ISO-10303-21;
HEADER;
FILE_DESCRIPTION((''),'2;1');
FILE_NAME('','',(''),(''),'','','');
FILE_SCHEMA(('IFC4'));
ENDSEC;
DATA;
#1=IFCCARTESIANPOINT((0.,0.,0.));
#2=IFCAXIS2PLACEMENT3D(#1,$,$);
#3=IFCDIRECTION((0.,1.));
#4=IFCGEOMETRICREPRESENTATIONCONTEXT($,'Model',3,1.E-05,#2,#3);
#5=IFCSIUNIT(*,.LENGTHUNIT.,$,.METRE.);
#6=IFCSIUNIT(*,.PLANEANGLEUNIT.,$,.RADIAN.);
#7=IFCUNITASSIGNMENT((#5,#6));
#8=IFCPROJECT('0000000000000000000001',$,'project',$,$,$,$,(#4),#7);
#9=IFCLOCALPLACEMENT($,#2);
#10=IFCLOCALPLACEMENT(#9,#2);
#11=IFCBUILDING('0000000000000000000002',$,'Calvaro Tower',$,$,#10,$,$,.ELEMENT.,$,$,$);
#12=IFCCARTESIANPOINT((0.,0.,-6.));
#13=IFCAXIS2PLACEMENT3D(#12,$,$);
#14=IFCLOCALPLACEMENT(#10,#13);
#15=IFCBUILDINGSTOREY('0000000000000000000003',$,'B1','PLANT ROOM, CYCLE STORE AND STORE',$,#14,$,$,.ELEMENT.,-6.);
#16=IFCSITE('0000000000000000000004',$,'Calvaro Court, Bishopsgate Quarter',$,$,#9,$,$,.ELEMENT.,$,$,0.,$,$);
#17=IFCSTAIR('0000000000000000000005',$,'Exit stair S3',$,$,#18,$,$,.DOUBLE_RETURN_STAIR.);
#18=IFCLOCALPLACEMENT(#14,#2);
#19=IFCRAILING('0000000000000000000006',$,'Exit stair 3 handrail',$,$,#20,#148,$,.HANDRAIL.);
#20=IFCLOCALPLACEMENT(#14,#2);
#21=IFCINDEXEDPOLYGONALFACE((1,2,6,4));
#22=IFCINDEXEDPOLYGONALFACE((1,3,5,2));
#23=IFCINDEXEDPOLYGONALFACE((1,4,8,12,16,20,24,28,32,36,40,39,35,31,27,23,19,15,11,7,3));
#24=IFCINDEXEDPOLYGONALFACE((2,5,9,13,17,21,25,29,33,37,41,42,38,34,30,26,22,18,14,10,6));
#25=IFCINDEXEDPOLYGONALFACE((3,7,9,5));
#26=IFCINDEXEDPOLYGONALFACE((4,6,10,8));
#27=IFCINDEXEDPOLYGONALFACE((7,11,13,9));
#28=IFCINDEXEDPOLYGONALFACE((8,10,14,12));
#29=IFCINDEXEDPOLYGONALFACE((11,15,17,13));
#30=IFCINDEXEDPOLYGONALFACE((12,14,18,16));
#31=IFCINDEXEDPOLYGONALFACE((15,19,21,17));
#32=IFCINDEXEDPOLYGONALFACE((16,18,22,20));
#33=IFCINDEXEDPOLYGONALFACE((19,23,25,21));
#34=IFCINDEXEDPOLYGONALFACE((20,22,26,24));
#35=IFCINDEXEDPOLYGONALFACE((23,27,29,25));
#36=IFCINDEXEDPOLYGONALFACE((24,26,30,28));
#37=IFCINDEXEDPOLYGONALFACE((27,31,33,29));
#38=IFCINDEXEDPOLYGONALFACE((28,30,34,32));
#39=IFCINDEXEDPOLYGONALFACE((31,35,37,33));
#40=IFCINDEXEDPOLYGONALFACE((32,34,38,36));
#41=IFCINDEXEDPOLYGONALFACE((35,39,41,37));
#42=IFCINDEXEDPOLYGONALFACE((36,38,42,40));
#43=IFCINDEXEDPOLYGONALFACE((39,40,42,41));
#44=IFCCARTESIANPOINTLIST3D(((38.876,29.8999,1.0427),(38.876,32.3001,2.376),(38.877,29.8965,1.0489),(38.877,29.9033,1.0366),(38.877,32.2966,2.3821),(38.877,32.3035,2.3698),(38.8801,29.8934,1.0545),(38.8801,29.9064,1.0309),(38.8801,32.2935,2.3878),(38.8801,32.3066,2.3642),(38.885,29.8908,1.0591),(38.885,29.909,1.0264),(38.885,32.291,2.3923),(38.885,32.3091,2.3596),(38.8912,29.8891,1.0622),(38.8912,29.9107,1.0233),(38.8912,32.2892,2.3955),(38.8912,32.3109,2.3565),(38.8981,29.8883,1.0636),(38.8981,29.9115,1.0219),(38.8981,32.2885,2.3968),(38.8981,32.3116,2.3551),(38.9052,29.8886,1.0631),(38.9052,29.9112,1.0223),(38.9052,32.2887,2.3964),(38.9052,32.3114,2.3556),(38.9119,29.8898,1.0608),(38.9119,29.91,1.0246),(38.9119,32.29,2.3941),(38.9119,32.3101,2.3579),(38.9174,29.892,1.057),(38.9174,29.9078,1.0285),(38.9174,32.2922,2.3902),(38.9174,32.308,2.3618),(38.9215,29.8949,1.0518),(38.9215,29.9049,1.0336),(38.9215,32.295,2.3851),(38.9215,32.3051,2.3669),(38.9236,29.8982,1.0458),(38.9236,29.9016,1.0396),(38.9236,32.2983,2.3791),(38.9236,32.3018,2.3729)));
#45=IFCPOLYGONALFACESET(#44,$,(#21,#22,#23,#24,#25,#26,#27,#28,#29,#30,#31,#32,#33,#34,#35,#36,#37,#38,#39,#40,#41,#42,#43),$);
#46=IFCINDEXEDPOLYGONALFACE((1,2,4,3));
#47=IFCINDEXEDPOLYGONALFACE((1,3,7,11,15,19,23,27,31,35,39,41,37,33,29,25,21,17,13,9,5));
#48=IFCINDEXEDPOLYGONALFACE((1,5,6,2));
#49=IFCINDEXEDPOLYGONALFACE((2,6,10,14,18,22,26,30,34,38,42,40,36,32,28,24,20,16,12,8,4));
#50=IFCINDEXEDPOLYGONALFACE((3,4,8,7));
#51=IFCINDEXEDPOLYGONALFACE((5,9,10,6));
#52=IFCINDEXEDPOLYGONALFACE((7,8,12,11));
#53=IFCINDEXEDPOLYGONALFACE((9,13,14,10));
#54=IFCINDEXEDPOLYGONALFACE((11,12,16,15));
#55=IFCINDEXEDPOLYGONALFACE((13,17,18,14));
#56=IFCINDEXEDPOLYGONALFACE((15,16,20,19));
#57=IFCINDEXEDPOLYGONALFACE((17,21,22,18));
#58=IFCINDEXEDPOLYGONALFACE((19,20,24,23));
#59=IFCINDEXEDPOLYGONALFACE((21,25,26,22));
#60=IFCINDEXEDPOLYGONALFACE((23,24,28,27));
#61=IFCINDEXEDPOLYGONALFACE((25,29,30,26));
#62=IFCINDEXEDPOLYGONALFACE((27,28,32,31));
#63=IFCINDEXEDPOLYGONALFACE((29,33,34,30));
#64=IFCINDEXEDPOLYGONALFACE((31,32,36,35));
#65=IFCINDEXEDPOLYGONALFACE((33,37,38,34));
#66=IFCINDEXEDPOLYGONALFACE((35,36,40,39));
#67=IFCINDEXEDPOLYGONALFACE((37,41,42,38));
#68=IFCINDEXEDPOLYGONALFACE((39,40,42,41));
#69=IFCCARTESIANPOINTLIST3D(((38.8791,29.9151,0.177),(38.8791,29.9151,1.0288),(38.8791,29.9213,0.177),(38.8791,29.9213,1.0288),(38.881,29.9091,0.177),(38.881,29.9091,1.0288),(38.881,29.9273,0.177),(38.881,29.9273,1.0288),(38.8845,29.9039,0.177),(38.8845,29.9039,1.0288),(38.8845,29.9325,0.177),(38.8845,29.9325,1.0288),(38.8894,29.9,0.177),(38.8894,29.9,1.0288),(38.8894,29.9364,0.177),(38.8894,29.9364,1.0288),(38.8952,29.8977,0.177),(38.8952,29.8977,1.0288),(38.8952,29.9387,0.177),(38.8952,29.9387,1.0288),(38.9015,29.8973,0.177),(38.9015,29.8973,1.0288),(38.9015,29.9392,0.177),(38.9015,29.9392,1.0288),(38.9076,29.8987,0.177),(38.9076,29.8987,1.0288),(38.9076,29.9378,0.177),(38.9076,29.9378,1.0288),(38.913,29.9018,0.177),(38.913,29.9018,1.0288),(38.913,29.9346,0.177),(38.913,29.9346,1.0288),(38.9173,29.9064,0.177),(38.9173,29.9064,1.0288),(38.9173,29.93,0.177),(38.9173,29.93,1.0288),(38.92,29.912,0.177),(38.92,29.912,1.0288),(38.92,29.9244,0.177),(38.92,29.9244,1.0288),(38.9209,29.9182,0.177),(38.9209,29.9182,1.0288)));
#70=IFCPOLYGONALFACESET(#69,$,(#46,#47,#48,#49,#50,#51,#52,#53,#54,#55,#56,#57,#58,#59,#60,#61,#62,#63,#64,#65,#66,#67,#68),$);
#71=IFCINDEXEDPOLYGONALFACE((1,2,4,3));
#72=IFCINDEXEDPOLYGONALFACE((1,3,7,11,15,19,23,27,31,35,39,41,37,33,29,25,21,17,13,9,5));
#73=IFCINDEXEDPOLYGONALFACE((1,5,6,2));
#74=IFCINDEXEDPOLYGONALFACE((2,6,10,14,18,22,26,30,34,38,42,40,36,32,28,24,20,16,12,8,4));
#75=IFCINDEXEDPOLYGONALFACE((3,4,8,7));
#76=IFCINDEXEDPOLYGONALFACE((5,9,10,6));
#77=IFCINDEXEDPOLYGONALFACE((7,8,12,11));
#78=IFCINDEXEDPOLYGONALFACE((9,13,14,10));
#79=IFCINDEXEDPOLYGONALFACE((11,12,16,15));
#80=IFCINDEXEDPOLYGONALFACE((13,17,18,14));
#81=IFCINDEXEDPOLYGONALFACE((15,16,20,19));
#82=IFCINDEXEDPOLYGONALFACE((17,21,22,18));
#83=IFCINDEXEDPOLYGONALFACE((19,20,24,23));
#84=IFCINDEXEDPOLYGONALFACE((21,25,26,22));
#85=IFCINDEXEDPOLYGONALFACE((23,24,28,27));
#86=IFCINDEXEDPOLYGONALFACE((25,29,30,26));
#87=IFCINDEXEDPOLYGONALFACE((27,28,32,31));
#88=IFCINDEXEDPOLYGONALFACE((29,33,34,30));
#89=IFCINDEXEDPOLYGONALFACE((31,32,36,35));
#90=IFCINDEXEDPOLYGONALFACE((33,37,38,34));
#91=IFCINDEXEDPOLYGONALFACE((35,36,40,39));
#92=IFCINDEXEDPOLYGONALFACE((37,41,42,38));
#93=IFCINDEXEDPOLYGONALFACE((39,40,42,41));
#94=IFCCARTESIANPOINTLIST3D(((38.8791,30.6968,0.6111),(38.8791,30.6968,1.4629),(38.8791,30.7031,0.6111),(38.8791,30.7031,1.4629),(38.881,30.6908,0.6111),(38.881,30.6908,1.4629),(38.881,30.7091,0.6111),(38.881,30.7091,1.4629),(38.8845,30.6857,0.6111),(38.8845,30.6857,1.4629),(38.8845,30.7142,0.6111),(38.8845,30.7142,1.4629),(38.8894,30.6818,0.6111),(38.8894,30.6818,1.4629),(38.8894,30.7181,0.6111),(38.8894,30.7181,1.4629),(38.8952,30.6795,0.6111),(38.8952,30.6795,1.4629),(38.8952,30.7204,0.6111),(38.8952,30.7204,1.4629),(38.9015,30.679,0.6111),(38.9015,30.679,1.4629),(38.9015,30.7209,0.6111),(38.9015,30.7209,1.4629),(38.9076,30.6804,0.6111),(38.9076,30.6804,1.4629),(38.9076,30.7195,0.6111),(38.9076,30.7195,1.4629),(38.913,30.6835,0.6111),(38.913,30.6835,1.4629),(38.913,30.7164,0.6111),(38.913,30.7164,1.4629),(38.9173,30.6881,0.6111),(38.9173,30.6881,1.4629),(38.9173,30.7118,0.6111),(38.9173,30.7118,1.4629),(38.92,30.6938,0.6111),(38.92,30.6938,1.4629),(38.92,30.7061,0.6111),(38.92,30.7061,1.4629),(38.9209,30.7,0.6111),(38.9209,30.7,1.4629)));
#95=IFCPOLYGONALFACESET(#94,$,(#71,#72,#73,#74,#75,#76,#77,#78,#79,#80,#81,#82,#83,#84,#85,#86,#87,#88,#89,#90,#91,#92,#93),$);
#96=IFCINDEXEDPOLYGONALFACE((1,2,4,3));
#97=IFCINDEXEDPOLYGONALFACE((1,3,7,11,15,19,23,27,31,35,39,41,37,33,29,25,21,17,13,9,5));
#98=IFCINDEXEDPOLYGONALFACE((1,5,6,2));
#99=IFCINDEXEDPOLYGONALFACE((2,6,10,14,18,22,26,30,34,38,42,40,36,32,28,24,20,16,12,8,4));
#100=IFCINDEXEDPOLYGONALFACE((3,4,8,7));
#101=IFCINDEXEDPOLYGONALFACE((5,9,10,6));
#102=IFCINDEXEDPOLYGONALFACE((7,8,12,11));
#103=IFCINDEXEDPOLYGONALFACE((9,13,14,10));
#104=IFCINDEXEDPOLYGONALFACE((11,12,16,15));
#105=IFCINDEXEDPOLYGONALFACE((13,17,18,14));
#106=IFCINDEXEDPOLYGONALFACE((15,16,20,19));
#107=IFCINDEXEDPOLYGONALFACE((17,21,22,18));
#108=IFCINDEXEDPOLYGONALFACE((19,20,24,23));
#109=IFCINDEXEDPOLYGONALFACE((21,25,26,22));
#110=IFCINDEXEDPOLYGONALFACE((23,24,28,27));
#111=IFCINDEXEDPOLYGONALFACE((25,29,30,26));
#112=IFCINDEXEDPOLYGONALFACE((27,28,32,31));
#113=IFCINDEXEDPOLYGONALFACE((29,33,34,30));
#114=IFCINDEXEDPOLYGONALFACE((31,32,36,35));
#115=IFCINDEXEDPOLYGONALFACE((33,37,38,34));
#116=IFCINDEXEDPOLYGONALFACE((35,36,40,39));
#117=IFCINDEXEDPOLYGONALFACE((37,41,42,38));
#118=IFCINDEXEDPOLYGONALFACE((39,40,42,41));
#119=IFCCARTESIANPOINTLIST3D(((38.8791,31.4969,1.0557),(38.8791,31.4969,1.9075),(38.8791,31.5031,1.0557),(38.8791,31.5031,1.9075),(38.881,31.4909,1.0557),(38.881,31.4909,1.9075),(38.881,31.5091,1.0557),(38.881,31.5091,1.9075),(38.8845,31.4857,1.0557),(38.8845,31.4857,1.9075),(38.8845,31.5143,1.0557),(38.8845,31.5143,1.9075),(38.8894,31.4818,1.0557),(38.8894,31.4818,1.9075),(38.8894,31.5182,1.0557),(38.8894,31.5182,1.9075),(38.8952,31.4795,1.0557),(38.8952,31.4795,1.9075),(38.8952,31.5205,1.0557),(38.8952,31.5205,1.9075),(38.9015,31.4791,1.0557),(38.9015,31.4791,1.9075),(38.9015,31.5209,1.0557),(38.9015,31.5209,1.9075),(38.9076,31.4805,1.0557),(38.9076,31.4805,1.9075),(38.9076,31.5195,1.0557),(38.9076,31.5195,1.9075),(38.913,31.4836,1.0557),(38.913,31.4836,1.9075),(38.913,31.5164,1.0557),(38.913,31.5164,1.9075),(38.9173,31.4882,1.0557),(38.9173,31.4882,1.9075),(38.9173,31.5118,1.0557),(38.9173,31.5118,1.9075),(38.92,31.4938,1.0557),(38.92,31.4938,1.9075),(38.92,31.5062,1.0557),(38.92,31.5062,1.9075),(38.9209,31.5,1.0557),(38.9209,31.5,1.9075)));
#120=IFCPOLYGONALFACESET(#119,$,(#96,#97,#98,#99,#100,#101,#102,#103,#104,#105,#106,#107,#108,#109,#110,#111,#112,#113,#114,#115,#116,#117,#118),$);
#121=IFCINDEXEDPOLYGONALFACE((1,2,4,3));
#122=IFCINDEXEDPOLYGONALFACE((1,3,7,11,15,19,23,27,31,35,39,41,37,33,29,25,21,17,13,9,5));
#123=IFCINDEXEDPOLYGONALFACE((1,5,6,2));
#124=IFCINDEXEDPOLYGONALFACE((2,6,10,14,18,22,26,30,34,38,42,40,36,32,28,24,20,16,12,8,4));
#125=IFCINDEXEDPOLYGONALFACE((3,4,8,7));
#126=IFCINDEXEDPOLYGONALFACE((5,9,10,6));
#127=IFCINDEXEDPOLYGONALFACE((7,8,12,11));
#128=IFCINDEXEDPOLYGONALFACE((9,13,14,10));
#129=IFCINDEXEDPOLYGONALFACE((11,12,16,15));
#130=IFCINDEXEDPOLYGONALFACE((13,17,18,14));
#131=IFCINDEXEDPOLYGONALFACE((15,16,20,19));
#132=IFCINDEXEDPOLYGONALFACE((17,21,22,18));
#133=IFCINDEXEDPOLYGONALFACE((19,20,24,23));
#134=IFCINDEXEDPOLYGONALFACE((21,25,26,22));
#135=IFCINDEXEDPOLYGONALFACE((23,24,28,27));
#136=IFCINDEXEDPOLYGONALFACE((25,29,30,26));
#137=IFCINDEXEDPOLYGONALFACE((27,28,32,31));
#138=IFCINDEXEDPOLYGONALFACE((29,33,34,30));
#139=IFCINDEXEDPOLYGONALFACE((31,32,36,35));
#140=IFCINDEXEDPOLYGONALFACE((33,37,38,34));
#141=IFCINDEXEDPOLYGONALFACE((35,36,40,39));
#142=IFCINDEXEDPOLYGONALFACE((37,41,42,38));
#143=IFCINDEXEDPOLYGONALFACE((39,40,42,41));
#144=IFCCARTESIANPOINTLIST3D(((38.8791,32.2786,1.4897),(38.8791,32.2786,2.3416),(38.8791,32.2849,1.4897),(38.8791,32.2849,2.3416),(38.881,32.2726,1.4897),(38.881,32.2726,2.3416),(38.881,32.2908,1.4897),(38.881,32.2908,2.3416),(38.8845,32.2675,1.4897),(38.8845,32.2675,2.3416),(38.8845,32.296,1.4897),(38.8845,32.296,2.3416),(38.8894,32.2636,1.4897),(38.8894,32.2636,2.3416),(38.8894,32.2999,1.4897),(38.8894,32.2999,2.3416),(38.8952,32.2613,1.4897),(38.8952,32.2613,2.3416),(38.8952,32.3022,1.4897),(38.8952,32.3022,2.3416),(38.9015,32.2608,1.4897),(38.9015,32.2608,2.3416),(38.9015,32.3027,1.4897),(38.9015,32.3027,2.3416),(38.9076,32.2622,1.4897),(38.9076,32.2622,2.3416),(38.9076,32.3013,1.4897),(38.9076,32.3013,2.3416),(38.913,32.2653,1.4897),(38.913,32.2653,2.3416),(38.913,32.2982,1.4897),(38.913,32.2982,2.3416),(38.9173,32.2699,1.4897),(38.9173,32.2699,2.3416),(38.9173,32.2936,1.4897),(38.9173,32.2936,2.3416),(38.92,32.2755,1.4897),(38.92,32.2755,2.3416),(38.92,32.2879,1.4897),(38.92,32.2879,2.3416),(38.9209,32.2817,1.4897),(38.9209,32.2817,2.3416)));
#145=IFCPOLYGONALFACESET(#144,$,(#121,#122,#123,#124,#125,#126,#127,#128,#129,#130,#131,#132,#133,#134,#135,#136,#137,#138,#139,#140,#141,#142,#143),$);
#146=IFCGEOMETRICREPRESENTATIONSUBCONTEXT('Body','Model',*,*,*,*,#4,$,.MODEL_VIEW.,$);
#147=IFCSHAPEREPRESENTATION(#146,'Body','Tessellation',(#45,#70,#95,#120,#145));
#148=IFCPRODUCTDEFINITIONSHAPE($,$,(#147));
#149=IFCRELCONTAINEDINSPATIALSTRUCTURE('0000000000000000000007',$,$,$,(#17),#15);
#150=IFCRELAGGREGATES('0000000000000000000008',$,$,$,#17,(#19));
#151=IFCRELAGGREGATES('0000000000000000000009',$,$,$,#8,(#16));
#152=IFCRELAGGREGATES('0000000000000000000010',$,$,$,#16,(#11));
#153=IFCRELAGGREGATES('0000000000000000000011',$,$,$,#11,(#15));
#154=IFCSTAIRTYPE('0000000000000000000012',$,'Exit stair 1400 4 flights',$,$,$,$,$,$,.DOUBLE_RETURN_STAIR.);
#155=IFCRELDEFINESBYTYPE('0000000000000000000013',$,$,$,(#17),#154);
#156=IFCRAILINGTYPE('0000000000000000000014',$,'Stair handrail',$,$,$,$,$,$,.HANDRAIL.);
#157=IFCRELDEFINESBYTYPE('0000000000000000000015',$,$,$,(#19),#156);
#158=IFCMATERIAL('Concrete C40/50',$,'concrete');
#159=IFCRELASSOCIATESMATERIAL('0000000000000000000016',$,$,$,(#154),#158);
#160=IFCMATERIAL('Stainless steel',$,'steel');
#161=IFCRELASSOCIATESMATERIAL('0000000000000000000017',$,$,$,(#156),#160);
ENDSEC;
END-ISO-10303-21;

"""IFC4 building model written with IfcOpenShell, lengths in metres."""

from ifc_helpers import new_model, si_unit, direction, frame, origin, origin_2d, place, context, subcontext, project, spatial, circle, extrude, material, type_object, element, aggregate, save


model = new_model("IFC4")

# Units and contexts
model_context = context("Model", 3, precision=1e-05, world=origin(), true_north=direction((0.0, 1.0)))
body_context = subcontext(model_context, "Body", "Model", "MODEL_VIEW")
ifc_project = project(units=[si_unit("LENGTHUNIT", "METRE"), si_unit("PLANEANGLEUNIT", "RADIAN")], contexts=[model_context])

# Site, building, storey
site_placement = place(None, origin())
site = spatial("IfcSite", under=ifc_project, at=site_placement, Name="Calvaro Court, Bishopsgate Quarter", CompositionType="ELEMENT", RefElevation=0.0)
building_placement = place(site_placement, origin())
building = spatial("IfcBuilding", under=site, at=building_placement, Name="Calvaro Tower", CompositionType="ELEMENT")
storey_placement = place(building_placement, frame((0.0, 0.0, -6.0)))
storey = spatial("IfcBuildingStorey", under=building, at=storey_placement, Name="B1", Description="PLANT ROOM, CYCLE STORE AND STORE", CompositionType="ELEMENT", Elevation=-6.0)

# Stair
ifc_material_1 = material(Name="Concrete C40/50", Category="concrete")
stair_type = type_object("IfcStairType", Name="Exit stair 1400 4 flights", PredefinedType="DOUBLE_RETURN_STAIR", material=ifc_material_1)
stair_1_placement = place(storey_placement, origin())
stair_1 = element("IfcStair", 1, at=stair_1_placement, inside=storey, type_object=stair_type, Name="Exit stair S3", PredefinedType="DOUBLE_RETURN_STAIR")

# Railing
ifc_material_2 = material(Name="Stainless steel", Category="steel")
railing_type = type_object("IfcRailingType", Name="Stair handrail", PredefinedType="HANDRAIL", material=ifc_material_2)
railing_1_placement = place(storey_placement, frame((38.8999, 29.8999, 0.1667)))
railing_1 = element("IfcRailing", 2, at=railing_1_placement, type_object=railing_type, Name="Exit stair 3 handrail", PredefinedType="HANDRAIL", context=body_context, shape_type="SweptSolid", body=[
    extrude(circle(Radius=0.0239, at=origin_2d()), frame((0.0, 0.0, 0.876), z_axis=(0.0, 0.874182, 0.485598), x_axis=(-1.0, 0.0, 0.0)), (0.0, 0.0, 1.0), 2.7456),
    extrude(circle(Radius=0.021, at=origin_2d()), frame((0.0, 0.0183, 0.0103)), (0.0, 0.0, 1.0), 0.8518),
    extrude(circle(Radius=0.021, at=origin_2d()), frame((0.0, 0.8, 0.4443)), (0.0, 0.0, 1.0), 0.8518),
    extrude(circle(Radius=0.021, at=origin_2d()), frame((0.0, 1.6001, 0.8889)), (0.0, 0.0, 1.0), 0.8518),
    extrude(circle(Radius=0.021, at=origin_2d()), frame((0.0, 2.3818, 1.323)), (0.0, 0.0, 1.0), 0.8518),
])
aggregate(stair_1, [railing_1])

save(model, "model.ifc")
